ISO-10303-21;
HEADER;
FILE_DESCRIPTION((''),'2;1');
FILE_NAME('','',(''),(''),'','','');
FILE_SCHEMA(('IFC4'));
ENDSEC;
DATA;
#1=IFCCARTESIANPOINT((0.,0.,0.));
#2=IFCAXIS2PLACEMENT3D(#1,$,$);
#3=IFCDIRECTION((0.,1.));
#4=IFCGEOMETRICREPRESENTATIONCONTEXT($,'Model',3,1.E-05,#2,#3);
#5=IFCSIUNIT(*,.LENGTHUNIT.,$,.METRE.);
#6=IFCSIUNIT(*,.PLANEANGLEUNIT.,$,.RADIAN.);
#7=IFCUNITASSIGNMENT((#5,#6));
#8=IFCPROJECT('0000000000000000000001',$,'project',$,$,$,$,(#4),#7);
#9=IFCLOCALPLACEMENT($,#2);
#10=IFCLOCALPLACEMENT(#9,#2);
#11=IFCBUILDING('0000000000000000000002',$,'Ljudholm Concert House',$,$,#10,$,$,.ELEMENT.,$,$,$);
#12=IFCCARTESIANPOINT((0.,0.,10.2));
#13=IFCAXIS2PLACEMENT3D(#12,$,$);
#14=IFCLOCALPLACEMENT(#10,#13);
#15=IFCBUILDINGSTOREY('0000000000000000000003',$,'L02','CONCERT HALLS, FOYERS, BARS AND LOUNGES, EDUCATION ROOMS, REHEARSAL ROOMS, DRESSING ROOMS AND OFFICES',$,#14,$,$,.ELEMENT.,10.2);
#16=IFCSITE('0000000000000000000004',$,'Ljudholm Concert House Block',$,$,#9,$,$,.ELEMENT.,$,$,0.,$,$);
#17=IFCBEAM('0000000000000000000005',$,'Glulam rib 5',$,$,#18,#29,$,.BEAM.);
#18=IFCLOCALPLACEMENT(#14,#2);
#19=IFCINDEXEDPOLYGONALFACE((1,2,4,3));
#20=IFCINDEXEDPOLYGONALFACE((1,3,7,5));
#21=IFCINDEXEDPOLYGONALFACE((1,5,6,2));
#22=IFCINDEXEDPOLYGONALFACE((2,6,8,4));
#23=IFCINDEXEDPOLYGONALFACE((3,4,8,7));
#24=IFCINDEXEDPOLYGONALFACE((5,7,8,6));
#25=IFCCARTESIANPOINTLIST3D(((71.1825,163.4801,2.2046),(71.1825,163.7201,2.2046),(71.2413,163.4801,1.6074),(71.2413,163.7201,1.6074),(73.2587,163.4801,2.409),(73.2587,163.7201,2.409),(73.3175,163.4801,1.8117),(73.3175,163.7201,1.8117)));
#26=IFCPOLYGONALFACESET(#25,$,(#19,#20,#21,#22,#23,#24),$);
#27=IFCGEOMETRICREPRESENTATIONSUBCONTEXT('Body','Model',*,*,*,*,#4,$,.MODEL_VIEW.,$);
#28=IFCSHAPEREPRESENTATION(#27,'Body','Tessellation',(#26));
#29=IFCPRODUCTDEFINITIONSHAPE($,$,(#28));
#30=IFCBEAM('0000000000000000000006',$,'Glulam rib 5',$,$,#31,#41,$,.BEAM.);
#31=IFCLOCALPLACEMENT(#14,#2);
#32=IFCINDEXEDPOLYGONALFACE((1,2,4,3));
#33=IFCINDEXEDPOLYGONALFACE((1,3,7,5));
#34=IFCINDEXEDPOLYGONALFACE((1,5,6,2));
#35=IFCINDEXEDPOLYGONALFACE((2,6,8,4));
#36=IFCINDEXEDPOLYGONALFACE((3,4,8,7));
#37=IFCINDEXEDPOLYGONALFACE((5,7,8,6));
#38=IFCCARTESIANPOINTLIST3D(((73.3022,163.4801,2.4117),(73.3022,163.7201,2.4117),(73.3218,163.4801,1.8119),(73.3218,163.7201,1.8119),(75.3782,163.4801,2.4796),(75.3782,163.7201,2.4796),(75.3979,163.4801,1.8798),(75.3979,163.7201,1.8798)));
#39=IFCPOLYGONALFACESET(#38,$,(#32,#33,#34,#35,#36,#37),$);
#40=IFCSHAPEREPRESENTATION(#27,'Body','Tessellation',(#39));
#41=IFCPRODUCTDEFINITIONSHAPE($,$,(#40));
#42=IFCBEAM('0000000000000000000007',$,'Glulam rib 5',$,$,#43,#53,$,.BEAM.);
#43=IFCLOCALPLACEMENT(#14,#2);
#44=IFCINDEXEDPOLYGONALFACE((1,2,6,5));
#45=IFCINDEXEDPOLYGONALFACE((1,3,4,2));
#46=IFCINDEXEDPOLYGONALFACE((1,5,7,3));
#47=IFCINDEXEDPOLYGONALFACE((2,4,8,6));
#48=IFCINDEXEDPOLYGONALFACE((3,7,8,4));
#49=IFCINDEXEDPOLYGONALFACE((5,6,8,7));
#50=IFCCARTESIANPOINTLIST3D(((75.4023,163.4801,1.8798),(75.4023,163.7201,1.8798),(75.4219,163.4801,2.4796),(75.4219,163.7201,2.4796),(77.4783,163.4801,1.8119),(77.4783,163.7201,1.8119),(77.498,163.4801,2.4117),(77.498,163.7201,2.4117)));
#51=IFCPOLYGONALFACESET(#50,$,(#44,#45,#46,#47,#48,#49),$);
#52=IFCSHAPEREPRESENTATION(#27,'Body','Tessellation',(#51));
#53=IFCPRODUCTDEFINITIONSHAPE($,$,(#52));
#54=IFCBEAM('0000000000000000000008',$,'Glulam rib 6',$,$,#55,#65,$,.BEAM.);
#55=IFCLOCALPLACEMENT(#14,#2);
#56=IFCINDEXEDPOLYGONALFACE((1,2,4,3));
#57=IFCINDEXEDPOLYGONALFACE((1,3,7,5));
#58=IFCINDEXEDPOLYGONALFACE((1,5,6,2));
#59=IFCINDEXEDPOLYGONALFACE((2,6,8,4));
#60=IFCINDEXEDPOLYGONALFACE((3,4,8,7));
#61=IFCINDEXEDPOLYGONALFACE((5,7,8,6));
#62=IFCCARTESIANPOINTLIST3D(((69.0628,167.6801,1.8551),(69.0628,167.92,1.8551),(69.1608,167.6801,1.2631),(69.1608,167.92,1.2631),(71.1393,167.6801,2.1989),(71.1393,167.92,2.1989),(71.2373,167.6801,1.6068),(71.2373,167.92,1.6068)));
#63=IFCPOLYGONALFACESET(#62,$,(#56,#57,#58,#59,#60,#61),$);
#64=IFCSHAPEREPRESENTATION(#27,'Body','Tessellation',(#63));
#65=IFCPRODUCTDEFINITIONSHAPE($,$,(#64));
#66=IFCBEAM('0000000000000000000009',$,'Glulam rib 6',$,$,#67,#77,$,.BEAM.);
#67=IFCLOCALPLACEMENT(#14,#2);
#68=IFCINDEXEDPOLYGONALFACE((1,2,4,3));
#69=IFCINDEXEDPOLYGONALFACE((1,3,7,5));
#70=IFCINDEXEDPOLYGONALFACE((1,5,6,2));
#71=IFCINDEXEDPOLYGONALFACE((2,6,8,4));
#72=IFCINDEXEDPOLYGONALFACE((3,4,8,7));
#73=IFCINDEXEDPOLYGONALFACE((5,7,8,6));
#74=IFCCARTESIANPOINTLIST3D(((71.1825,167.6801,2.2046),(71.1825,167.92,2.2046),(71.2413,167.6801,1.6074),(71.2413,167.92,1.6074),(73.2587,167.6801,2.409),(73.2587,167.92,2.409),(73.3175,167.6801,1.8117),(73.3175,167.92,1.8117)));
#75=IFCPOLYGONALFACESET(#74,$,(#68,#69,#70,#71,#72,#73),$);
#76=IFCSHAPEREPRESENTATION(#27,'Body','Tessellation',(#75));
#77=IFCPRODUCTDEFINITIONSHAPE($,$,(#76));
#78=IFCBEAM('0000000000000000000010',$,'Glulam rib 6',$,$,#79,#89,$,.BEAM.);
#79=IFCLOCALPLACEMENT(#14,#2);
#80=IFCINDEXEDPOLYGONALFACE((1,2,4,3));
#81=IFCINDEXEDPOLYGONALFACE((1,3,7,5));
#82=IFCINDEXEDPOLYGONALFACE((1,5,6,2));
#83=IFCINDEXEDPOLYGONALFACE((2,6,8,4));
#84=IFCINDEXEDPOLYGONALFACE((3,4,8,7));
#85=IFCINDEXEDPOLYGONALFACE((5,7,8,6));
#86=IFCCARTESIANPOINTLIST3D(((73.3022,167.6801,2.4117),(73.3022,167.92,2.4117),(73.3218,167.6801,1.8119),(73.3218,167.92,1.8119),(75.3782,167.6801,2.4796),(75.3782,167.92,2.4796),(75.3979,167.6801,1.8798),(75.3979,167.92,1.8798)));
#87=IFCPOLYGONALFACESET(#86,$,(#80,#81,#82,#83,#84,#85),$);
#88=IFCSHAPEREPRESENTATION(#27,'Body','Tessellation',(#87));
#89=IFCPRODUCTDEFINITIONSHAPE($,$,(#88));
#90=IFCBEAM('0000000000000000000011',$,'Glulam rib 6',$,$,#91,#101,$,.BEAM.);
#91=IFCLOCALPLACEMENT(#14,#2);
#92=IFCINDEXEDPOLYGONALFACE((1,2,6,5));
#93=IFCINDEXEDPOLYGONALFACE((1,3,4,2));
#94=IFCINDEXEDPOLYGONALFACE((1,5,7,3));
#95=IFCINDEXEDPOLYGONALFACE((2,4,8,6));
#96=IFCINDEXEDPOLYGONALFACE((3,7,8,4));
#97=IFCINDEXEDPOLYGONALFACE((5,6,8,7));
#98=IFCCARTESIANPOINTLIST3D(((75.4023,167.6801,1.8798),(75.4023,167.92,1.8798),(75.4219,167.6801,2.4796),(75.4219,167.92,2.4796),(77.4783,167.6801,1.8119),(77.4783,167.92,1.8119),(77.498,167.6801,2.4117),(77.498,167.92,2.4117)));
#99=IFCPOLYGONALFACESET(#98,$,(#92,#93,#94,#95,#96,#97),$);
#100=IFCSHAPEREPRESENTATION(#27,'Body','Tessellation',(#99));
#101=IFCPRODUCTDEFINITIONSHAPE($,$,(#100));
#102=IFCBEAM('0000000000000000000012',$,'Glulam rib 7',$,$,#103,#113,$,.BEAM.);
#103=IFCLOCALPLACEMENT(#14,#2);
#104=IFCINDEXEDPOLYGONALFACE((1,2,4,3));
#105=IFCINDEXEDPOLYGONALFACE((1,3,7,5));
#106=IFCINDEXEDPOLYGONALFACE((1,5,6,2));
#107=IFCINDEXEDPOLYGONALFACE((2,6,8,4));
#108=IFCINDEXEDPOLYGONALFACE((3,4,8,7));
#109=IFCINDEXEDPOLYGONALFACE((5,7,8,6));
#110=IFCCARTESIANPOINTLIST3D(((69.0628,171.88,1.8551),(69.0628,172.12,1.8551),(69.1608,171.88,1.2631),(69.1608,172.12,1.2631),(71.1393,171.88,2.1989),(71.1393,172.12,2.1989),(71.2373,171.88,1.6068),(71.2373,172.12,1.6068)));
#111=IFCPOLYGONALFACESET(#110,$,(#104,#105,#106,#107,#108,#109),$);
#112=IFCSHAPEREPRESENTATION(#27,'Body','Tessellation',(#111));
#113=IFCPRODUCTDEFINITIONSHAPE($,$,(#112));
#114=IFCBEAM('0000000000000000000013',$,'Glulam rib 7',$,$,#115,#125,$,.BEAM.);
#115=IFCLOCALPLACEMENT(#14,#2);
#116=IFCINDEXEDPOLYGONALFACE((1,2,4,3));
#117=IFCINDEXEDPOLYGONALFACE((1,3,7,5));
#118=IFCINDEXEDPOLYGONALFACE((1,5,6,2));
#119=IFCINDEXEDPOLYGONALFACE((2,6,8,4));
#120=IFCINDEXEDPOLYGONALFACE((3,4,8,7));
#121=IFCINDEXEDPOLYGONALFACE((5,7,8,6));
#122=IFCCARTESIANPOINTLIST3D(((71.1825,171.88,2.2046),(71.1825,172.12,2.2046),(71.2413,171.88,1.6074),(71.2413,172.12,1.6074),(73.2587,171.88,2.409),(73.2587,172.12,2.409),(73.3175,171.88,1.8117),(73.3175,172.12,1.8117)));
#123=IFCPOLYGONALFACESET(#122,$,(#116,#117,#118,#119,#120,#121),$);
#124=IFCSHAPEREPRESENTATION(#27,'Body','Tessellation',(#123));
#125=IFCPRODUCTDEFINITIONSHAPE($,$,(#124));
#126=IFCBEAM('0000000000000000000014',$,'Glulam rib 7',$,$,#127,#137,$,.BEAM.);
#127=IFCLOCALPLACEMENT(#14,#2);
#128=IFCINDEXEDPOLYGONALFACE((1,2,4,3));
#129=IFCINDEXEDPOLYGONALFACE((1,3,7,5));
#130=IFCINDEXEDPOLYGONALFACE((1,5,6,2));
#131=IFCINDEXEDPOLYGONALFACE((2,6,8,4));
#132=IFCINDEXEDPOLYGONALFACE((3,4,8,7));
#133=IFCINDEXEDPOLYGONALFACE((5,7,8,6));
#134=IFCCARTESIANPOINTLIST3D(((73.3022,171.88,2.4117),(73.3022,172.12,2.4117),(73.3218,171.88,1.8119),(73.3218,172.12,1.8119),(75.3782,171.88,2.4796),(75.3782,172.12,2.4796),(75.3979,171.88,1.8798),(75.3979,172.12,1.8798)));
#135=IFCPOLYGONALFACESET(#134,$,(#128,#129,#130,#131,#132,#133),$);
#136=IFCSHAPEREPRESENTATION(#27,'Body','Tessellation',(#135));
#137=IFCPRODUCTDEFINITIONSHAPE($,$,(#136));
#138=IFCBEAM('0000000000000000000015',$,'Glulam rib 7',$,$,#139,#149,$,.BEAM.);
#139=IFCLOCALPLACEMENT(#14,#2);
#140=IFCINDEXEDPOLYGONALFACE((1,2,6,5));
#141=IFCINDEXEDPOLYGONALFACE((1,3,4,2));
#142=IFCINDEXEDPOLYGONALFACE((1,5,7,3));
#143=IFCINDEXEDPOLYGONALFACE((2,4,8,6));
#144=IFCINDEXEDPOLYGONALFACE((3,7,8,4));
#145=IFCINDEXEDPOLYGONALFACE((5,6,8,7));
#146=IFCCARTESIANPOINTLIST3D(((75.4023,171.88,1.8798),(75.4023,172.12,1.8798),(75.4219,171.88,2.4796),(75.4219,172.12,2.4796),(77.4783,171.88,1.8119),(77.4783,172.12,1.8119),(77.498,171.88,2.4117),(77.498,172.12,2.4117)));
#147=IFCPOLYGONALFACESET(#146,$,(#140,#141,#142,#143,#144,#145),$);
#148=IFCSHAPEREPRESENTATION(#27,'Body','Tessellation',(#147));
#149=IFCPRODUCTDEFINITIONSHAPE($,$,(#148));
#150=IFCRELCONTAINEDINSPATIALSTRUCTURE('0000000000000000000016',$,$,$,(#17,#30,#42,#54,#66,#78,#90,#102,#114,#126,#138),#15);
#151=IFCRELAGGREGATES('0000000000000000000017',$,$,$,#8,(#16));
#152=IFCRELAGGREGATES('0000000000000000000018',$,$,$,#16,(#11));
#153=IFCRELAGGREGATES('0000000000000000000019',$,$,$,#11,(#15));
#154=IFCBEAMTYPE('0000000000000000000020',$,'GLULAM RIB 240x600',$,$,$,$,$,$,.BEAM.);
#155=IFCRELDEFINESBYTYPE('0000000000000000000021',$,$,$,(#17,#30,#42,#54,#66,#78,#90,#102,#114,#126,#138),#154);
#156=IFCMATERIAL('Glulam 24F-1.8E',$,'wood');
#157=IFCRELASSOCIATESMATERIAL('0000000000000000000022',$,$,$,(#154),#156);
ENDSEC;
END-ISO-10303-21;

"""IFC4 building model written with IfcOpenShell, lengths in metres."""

from ifc_helpers import new_model, si_unit, direction, frame, origin, origin_2d, place, context, subcontext, project, spatial, rectangle, extrude, material, material_profile, profile_set, type_object, element, save


model = new_model("IFC4")

# Units and contexts
model_context = context("Model", 3, precision=1e-05, world=origin(), true_north=direction((0.0, 1.0)))
body_context = subcontext(model_context, "Body", "Model", "MODEL_VIEW")
ifc_project = project(units=[si_unit("LENGTHUNIT", "METRE"), si_unit("PLANEANGLEUNIT", "RADIAN")], contexts=[model_context])

# Site, building, storey
site_placement = place(None, origin())
site = spatial("IfcSite", under=ifc_project, at=site_placement, Name="Ljudholm Concert House Block", CompositionType="ELEMENT", RefElevation=0.0)
building_placement = place(site_placement, origin())
building = spatial("IfcBuilding", under=site, at=building_placement, Name="Ljudholm Concert House", CompositionType="ELEMENT")
storey_placement = place(building_placement, frame((0.0, 0.0, 10.2)))
storey = spatial("IfcBuildingStorey", under=building, at=storey_placement, Name="L02", Description="CONCERT HALLS, FOYERS, BARS AND LOUNGES, EDUCATION ROOMS, REHEARSAL ROOMS, DRESSING ROOMS AND OFFICES", CompositionType="ELEMENT", Elevation=10.2)

# Beams
ifc_material_1 = material(Name="Glulam 24F-1.8E", Category="wood")
ifc_material_profile_1 = material_profile(ifc_material_1, rectangle(XDim=0.24, YDim=0.6001, at=origin_2d()), Name="GLULAM RIB 240x600")
ifc_profile_set_1 = profile_set([ifc_material_profile_1], Name="Glulam 24F-1.8E")
beam_type = type_object("IfcBeamType", Name="GLULAM RIB 240x600", PredefinedType="BEAM", material=ifc_profile_set_1)
beam_1_placement = place(storey_placement, frame((71.2119, 163.6001, 1.906), z_axis=(0.995191, 0.0, 0.097951), x_axis=(0.0, 1.0, 0.0)))
element("IfcBeam", 1, at=beam_1_placement, inside=storey, type_object=beam_type, Name="Glulam rib 5", PredefinedType="BEAM", context=body_context, shape_type="SweptSolid", body=[
    extrude(rectangle(XDim=0.24, YDim=0.6001, at=origin_2d()), origin(), (0.0, 0.0, 1.0), 2.0862),
])
for number, where, z_axis, x_axis, name in (
    (2, (73.312, 163.6001, 2.1118), (0.999466, 0.0, 0.032677), (0.0, 1.0, 0.0), "Glulam rib 5"),
    (3, (75.4121, 163.6001, 2.1797), (0.999466, 0.0, -0.032677), (0.0, 1.0, 0.0), "Glulam rib 5"),
):
    element("IfcBeam", number, at=place(storey_placement, frame(where, z_axis=z_axis, x_axis=x_axis)), inside=storey, type_object=beam_type, Name=name, PredefinedType="BEAM", context=body_context, shape_type="SweptSolid", body=[
        extrude(rectangle(XDim=0.24, YDim=0.6001, at=origin_2d()), origin(), (0.0, 0.0, 1.0), 2.0771),
    ])
beam_2_placement = place(storey_placement, frame((69.1118, 167.8, 1.5591), z_axis=(0.986572, 0.0, 0.163327), x_axis=(0.0, 1.0, 0.0)))
element("IfcBeam", 4, at=beam_2_placement, inside=storey, type_object=beam_type, Name="Glulam rib 6", PredefinedType="BEAM", context=body_context, shape_type="SweptSolid", body=[
    extrude(rectangle(XDim=0.24, YDim=0.6001, at=origin_2d()), origin(), (0.0, 0.0, 1.0), 2.1047),
])
beam_3_placement = place(storey_placement, frame((71.2119, 167.8, 1.906), z_axis=(0.995191, 0.0, 0.097951), x_axis=(0.0, 1.0, 0.0)))
element("IfcBeam", 5, at=beam_3_placement, inside=storey, type_object=beam_type, Name="Glulam rib 6", PredefinedType="BEAM", context=body_context, shape_type="SweptSolid", body=[
    extrude(rectangle(XDim=0.24, YDim=0.6001, at=origin_2d()), origin(), (0.0, 0.0, 1.0), 2.0862),
])
for number, where, z_axis, x_axis, name in (
    (6, (73.312, 167.8, 2.1118), (0.999466, 0.0, 0.032677), (0.0, 1.0, 0.0), "Glulam rib 6"),
    (7, (75.4121, 167.8, 2.1797), (0.999466, 0.0, -0.032677), (0.0, 1.0, 0.0), "Glulam rib 6"),
):
    element("IfcBeam", number, at=place(storey_placement, frame(where, z_axis=z_axis, x_axis=x_axis)), inside=storey, type_object=beam_type, Name=name, PredefinedType="BEAM", context=body_context, shape_type="SweptSolid", body=[
        extrude(rectangle(XDim=0.24, YDim=0.6001, at=origin_2d()), origin(), (0.0, 0.0, 1.0), 2.0771),
    ])
beam_4_placement = place(storey_placement, frame((69.1118, 172.0, 1.5591), z_axis=(0.986572, 0.0, 0.163327), x_axis=(0.0, 1.0, 0.0)))
element("IfcBeam", 8, at=beam_4_placement, inside=storey, type_object=beam_type, Name="Glulam rib 7", PredefinedType="BEAM", context=body_context, shape_type="SweptSolid", body=[
    extrude(rectangle(XDim=0.24, YDim=0.6001, at=origin_2d()), origin(), (0.0, 0.0, 1.0), 2.1047),
])
beam_5_placement = place(storey_placement, frame((71.2119, 172.0, 1.906), z_axis=(0.995191, 0.0, 0.097951), x_axis=(0.0, 1.0, 0.0)))
element("IfcBeam", 9, at=beam_5_placement, inside=storey, type_object=beam_type, Name="Glulam rib 7", PredefinedType="BEAM", context=body_context, shape_type="SweptSolid", body=[
    extrude(rectangle(XDim=0.24, YDim=0.6001, at=origin_2d()), origin(), (0.0, 0.0, 1.0), 2.0862),
])
for number, where, z_axis, x_axis, name in (
    (10, (73.312, 172.0, 2.1118), (0.999466, 0.0, 0.032677), (0.0, 1.0, 0.0), "Glulam rib 7"),
    (11, (75.4121, 172.0, 2.1797), (0.999466, 0.0, -0.032677), (0.0, 1.0, 0.0), "Glulam rib 7"),
):
    element("IfcBeam", number, at=place(storey_placement, frame(where, z_axis=z_axis, x_axis=x_axis)), inside=storey, type_object=beam_type, Name=name, PredefinedType="BEAM", context=body_context, shape_type="SweptSolid", body=[
        extrude(rectangle(XDim=0.24, YDim=0.6001, at=origin_2d()), origin(), (0.0, 0.0, 1.0), 2.0771),
    ])

save(model, "model.ifc")
